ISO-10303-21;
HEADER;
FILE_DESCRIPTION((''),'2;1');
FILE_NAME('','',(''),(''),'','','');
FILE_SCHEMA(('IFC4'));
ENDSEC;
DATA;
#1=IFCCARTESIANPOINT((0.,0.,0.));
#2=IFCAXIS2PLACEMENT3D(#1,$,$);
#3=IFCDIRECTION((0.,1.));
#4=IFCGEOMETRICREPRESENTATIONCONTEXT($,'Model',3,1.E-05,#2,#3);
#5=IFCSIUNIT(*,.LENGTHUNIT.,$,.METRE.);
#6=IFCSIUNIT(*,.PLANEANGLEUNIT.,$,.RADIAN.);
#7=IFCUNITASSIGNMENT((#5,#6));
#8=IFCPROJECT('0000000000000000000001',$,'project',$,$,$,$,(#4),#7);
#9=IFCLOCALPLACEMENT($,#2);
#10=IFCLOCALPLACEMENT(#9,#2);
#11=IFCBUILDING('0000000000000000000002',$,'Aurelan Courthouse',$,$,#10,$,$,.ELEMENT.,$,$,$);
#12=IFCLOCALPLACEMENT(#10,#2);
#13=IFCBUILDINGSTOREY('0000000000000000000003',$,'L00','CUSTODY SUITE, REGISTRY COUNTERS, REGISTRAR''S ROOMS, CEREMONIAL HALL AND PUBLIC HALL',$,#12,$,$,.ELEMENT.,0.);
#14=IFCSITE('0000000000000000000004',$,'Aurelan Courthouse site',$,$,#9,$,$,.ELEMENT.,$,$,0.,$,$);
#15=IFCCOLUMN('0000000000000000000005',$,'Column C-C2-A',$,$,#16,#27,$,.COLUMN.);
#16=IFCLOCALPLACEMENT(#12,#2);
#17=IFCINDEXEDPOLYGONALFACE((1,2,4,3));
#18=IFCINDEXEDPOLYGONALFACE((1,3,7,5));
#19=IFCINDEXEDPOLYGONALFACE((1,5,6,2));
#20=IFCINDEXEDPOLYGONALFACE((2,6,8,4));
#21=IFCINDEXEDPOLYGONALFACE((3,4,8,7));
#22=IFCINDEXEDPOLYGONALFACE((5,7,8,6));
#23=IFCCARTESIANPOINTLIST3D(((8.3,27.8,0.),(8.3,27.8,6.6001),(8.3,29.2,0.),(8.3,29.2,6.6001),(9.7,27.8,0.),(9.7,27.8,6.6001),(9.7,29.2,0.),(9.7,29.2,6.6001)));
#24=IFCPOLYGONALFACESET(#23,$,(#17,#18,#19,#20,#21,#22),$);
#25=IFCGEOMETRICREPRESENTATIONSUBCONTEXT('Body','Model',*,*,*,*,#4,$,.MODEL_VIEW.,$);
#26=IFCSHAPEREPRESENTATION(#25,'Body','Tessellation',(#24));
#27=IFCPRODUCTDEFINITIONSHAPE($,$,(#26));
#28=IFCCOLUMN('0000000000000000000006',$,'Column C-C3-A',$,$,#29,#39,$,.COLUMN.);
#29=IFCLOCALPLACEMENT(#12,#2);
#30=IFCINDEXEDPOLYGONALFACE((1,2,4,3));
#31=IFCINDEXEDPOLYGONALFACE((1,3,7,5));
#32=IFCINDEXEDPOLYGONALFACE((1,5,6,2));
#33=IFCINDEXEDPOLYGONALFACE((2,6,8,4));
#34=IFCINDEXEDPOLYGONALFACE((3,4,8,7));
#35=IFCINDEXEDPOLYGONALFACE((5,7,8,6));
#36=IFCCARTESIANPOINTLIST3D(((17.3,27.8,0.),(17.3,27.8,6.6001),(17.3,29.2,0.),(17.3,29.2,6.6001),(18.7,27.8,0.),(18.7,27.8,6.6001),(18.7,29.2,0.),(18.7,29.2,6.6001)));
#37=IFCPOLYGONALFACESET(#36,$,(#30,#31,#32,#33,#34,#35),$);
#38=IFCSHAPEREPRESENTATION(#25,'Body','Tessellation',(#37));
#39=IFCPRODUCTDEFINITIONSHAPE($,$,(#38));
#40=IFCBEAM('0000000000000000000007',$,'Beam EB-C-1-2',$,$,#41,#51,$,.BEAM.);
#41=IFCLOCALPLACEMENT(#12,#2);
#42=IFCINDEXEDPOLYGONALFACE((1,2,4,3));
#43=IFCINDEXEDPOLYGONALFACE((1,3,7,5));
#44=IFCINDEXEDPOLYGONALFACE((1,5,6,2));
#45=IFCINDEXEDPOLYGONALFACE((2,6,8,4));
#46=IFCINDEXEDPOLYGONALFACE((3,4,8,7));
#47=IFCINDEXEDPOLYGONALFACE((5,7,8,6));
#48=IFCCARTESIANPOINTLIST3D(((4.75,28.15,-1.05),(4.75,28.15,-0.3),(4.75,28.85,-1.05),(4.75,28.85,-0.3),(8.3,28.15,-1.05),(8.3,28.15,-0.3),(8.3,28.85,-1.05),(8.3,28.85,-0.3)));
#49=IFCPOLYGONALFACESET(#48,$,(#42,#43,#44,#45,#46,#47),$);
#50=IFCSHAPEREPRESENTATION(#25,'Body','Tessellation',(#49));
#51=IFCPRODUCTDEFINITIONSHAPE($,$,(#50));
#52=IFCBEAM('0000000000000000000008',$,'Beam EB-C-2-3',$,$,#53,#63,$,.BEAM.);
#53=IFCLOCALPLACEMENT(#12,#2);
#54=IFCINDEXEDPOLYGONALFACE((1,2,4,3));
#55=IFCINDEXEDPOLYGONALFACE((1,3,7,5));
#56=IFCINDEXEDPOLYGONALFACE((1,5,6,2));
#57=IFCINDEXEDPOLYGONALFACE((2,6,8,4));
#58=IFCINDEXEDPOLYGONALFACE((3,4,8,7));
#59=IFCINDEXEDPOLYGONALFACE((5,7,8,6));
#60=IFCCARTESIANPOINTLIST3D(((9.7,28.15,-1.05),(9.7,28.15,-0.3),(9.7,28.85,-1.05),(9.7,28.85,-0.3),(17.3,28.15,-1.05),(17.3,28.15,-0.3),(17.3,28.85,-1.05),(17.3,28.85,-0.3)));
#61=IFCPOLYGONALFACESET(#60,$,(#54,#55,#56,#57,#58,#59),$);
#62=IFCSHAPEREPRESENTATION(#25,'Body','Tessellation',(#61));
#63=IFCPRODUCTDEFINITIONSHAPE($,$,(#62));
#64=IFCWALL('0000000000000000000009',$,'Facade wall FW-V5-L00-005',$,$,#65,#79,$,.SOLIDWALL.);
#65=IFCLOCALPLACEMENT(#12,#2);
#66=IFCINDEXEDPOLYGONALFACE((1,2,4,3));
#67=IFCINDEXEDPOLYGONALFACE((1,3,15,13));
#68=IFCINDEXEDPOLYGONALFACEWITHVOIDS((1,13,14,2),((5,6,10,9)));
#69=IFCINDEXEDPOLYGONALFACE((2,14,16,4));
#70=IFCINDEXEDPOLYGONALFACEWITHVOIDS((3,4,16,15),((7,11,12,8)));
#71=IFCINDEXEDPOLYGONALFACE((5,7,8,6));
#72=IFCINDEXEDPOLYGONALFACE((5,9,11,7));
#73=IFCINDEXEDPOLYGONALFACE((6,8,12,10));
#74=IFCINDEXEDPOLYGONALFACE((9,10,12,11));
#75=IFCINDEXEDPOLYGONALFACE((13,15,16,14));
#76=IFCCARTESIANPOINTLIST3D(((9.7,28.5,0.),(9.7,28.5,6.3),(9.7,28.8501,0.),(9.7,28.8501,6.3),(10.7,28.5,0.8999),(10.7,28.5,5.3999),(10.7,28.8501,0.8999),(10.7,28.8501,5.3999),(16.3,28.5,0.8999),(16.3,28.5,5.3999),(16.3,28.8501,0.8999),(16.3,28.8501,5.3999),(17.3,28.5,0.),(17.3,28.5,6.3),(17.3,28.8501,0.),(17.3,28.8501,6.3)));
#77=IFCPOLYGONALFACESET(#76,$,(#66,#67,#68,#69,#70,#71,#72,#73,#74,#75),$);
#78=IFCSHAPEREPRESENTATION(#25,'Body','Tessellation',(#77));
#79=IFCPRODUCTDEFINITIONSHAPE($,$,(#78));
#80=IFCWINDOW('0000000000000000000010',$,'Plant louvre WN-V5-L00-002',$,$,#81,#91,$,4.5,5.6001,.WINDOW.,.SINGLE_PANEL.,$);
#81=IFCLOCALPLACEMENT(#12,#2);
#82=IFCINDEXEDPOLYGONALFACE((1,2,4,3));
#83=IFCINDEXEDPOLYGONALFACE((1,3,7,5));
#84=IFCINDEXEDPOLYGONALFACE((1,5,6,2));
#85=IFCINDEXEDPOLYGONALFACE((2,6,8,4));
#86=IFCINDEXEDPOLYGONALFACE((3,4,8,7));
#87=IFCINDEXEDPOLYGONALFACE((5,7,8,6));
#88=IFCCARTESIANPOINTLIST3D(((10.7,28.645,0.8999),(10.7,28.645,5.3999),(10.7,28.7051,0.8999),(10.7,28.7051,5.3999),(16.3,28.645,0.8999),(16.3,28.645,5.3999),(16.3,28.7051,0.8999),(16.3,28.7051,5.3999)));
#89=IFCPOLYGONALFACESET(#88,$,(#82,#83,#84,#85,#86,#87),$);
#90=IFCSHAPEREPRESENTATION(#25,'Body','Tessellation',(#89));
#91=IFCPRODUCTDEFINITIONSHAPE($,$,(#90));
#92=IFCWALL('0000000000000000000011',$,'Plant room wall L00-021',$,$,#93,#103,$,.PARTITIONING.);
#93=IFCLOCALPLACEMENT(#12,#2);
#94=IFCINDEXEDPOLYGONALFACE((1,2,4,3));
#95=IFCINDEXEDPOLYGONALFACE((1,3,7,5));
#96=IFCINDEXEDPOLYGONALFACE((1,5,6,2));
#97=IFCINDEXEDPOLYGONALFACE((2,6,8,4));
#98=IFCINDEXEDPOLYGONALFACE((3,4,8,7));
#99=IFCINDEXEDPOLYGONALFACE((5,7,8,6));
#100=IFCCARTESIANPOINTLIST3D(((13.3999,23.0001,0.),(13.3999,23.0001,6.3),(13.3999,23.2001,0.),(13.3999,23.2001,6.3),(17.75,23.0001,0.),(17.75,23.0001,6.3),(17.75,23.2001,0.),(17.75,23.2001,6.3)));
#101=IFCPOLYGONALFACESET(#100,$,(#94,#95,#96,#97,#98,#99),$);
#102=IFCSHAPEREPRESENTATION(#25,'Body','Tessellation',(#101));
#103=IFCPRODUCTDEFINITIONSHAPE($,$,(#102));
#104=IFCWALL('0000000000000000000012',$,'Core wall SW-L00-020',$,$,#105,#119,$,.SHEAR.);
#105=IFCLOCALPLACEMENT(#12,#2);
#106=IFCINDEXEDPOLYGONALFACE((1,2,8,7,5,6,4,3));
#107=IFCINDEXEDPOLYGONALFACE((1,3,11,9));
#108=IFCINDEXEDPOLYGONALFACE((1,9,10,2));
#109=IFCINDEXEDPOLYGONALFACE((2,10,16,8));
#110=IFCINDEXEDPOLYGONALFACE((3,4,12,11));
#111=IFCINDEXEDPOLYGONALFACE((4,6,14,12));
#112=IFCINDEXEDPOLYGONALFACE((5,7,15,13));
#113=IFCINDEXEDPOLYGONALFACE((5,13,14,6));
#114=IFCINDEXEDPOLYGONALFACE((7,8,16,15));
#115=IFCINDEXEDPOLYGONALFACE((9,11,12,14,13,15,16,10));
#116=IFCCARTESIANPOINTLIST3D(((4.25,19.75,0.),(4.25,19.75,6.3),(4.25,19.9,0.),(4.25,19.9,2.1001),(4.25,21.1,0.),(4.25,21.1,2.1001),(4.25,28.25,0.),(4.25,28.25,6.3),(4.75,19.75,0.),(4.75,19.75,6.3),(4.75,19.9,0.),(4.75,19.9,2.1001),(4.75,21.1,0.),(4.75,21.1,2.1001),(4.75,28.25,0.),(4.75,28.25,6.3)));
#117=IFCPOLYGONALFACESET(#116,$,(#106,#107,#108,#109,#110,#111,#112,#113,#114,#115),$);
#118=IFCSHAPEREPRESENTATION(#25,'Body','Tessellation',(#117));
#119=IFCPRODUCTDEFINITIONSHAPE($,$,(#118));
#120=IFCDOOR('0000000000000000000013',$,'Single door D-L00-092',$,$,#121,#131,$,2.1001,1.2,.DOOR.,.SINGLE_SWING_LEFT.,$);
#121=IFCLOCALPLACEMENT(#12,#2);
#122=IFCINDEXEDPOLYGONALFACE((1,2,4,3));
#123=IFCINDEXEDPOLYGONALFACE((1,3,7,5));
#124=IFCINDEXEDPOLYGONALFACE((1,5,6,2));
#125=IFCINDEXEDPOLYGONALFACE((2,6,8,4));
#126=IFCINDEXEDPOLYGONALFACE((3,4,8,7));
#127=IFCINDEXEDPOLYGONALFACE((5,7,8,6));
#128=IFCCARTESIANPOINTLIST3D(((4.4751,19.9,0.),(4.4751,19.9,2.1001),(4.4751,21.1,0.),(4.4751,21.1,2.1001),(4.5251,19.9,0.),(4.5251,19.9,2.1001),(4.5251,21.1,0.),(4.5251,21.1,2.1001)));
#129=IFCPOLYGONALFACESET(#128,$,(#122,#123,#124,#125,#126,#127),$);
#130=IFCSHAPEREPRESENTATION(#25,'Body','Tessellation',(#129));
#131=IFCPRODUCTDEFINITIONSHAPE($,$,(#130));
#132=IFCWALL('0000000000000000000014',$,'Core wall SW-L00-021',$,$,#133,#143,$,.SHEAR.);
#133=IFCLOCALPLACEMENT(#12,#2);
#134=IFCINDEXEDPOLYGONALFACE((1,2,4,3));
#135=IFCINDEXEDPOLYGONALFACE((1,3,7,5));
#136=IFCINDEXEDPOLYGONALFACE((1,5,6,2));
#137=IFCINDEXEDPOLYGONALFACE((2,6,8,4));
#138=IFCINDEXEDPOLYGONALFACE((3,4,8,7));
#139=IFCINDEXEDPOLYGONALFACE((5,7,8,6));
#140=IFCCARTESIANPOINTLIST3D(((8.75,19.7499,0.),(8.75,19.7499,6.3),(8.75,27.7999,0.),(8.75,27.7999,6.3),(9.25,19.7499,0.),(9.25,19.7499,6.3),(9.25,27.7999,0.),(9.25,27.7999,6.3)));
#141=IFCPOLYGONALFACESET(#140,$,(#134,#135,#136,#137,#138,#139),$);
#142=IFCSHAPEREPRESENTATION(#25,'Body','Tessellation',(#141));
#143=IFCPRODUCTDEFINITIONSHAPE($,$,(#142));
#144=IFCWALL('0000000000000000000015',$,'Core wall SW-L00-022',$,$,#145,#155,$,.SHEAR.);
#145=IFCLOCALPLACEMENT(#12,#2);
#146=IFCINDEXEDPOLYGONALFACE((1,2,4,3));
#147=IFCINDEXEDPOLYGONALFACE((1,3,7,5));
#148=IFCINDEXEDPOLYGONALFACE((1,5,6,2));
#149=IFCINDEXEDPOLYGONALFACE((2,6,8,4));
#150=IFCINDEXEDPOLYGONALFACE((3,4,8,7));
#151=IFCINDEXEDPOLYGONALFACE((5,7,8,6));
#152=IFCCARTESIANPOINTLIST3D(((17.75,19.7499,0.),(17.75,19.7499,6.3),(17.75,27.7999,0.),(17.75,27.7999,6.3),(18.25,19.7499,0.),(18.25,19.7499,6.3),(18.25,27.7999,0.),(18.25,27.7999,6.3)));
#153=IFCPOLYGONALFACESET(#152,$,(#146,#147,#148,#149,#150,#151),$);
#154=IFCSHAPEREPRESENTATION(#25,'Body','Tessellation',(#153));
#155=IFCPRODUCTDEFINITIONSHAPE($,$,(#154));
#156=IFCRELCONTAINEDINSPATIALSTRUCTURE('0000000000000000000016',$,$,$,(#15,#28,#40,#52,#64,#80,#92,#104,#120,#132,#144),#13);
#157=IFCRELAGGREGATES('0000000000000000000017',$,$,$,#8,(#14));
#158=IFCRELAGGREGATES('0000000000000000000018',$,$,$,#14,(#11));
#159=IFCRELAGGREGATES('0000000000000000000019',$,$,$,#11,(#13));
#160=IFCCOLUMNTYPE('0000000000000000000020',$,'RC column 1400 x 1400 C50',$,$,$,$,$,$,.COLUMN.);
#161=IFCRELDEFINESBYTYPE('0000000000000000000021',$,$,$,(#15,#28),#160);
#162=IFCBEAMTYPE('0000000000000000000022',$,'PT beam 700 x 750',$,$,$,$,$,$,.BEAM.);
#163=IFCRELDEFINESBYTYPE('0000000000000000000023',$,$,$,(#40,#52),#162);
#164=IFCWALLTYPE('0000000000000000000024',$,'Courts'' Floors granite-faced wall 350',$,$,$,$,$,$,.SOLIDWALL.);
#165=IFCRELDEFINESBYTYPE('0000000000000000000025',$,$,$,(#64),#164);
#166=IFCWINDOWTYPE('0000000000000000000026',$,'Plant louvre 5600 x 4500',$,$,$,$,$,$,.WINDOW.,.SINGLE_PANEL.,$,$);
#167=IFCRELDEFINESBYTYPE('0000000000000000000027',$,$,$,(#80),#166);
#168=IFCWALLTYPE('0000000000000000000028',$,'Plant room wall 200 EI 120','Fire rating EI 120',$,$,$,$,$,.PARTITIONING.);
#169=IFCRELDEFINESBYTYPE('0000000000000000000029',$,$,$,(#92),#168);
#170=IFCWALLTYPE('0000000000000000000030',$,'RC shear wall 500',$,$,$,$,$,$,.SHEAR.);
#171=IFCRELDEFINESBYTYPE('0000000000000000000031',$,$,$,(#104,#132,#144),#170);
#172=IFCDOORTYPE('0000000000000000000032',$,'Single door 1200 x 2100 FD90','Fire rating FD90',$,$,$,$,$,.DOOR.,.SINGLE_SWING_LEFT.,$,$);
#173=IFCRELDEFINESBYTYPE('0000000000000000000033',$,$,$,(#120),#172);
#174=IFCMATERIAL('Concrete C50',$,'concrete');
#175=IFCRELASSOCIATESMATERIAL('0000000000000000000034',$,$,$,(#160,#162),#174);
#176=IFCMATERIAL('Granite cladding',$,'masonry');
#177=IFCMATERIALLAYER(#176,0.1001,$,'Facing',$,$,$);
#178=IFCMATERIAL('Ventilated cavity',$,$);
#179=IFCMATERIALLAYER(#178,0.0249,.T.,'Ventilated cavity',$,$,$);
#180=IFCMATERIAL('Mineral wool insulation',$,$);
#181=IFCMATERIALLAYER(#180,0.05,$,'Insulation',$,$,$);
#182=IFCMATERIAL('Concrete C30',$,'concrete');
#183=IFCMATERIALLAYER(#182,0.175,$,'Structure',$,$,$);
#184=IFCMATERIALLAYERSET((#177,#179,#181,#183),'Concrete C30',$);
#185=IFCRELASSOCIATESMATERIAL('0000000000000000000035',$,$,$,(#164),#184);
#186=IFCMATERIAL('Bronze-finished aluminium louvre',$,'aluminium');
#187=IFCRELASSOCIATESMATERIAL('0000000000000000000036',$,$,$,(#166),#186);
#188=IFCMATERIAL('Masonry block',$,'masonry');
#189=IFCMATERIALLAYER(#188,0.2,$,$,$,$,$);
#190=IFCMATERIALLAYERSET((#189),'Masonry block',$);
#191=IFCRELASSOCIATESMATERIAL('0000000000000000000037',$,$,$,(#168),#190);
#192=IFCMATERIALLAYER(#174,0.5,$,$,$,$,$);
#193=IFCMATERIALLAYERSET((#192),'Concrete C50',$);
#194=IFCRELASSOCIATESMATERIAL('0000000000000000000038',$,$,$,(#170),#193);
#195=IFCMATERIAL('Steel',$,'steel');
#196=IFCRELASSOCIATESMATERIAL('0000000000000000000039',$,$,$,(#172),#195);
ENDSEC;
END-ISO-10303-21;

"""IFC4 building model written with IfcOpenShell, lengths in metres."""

from ifc_helpers import new_model, si_unit, direction, frame, frame_2d, origin, origin_2d, place, context, subcontext, project, spatial, rectangle, extrude, material, layer, layer_set, material_profile, profile_set, type_object, element, fill, save


model = new_model("IFC4")

# Units and contexts
model_context = context("Model", 3, precision=1e-05, world=origin(), true_north=direction((0.0, 1.0)))
body_context = subcontext(model_context, "Body", "Model", "MODEL_VIEW")
ifc_project = project(units=[si_unit("LENGTHUNIT", "METRE"), si_unit("PLANEANGLEUNIT", "RADIAN")], contexts=[model_context])

# Site, building, storey
site_placement = place(None, origin())
site = spatial("IfcSite", under=ifc_project, at=site_placement, Name="Aurelan Courthouse site", CompositionType="ELEMENT", RefElevation=0.0)
building_placement = place(site_placement, origin())
building = spatial("IfcBuilding", under=site, at=building_placement, Name="Aurelan Courthouse", CompositionType="ELEMENT")
storey_placement = place(building_placement, origin())
storey = spatial("IfcBuildingStorey", under=building, at=storey_placement, Name="L00", Description="CUSTODY SUITE, REGISTRY COUNTERS, REGISTRAR'S ROOMS, CEREMONIAL HALL AND PUBLIC HALL", CompositionType="ELEMENT", Elevation=0.0)

# Columns
ifc_material_1 = material(Name="Concrete C50", Category="concrete")
ifc_material_profile_1 = material_profile(ifc_material_1, rectangle(XDim=1.3999, YDim=1.3999, at=origin_2d()), Name="RC 1400 x 1400")
ifc_profile_set_1 = profile_set([ifc_material_profile_1], Name="Concrete C50")
column_type = type_object("IfcColumnType", Name="RC column 1400 x 1400 C50", PredefinedType="COLUMN", material=ifc_profile_set_1)
for number, where, z_axis, x_axis, name in (
    (1, (9.0, 28.5, 0.0), (0.0, 0.0, 1.0), (1.0, 0.0, 0.0), "Column C-C2-A"),
    (2, (18.0, 28.5, 0.0), (0.0, 0.0, 1.0), (1.0, 0.0, 0.0), "Column C-C3-A"),
):
    element("IfcColumn", number, at=place(storey_placement, frame(where, z_axis=z_axis, x_axis=x_axis)), inside=storey, type_object=column_type, Name=name, PredefinedType="COLUMN", context=body_context, shape_type="SweptSolid", body=[
        extrude(rectangle(XDim=1.3999, YDim=1.3999, at=origin_2d()), origin(), (0.0, 0.0, 1.0), 6.6001),
    ])

# Beams
ifc_material_profile_2 = material_profile(ifc_material_1, rectangle(XDim=0.7, YDim=0.75, at=origin_2d()), Name="RC 700 x 750")
ifc_profile_set_2 = profile_set([ifc_material_profile_2], Name="Concrete C50")
beam_type = type_object("IfcBeamType", Name="PT beam 700 x 750", PredefinedType="BEAM", material=ifc_profile_set_2)
beam_1_placement = place(storey_placement, frame((4.75, 28.5, -0.675), z_axis=(1.0, 0.0, 0.0), x_axis=(0.0, 1.0, 0.0)))
element("IfcBeam", 3, at=beam_1_placement, inside=storey, type_object=beam_type, Name="Beam EB-C-1-2", PredefinedType="BEAM", context=body_context, shape_type="SweptSolid", body=[
    extrude(rectangle(XDim=0.7, YDim=0.75, at=origin_2d()), origin(), (0.0, 0.0, 1.0), 3.55),
])
beam_2_placement = place(storey_placement, frame((9.7, 28.5, -0.675), z_axis=(1.0, 0.0, 0.0), x_axis=(0.0, 1.0, 0.0)))
element("IfcBeam", 4, at=beam_2_placement, inside=storey, type_object=beam_type, Name="Beam EB-C-2-3", PredefinedType="BEAM", context=body_context, shape_type="SweptSolid", body=[
    extrude(rectangle(XDim=0.7, YDim=0.75, at=origin_2d()), origin(), (0.0, 0.0, 1.0), 7.6001),
])

# Wall, opening, window
ifc_material_2 = material(Name="Granite cladding", Category="masonry")
ifc_layer_1 = layer(ifc_material_2, 0.1001, Name="Facing")
ifc_material_3 = material(Name="Ventilated cavity")
ifc_layer_2 = layer(ifc_material_3, 0.0249, ventilated=True, Name="Ventilated cavity")
ifc_material_4 = material(Name="Mineral wool insulation")
ifc_layer_3 = layer(ifc_material_4, 0.05, Name="Insulation")
ifc_material_5 = material(Name="Concrete C30", Category="concrete")
ifc_layer_4 = layer(ifc_material_5, 0.175, Name="Structure")
ifc_layer_set_1 = layer_set([ifc_layer_1, ifc_layer_2, ifc_layer_3, ifc_layer_4], Name="Concrete C30")
wall_type_1 = type_object("IfcWallType", Name="Courts' Floors granite-faced wall 350", PredefinedType="SOLIDWALL", material=ifc_layer_set_1)
wall_1_placement = place(storey_placement, frame((9.7, 28.675, 0.0), z_axis=(0.0, 0.0, 1.0), x_axis=(1.0, 0.0, 0.0)))
wall_1 = element("IfcWall", 5, at=wall_1_placement, inside=storey, type_object=wall_type_1, Name="Facade wall FW-V5-L00-005", PredefinedType="SOLIDWALL", context=body_context, shape_type="SweptSolid", body=[
    extrude(rectangle(XDim=7.6001, YDim=0.3501, at=frame_2d((3.8, 0.0))), origin(), (0.0, 0.0, 1.0), 6.3),
])
opening_1_placement = place(wall_1_placement, frame((1.0, 0.0, 0.8999)))
opening_1 = element("IfcOpeningElement", 6, at=opening_1_placement, cuts=wall_1, PredefinedType="OPENING", context=body_context, shape_type="SweptSolid", body=[
    extrude(rectangle(XDim=5.6001, YDim=4.5, at=frame_2d((2.8, 2.25))), frame((0.0, 0.1851, 0.0), z_axis=(0.0, -1.0, 0.0), x_axis=(1.0, 0.0, 0.0)), (0.0, 0.0, 1.0), 0.3701),
])
ifc_material_6 = material(Name="Bronze-finished aluminium louvre", Category="aluminium")
window_type = type_object("IfcWindowType", Name="Plant louvre 5600 x 4500", PartitioningType="SINGLE_PANEL", PredefinedType="WINDOW", material=ifc_material_6)
window_placement = place(opening_1_placement, origin())
window = element("IfcWindow", 7, at=window_placement, inside=storey, type_object=window_type, Name="Plant louvre WN-V5-L00-002", OverallHeight=4.5, OverallWidth=5.6001, PartitioningType="SINGLE_PANEL", PredefinedType="WINDOW", context=body_context, shape_type="SweptSolid", body=[
    extrude(rectangle(XDim=5.6001, YDim=4.5, at=frame_2d((2.8, 2.25))), frame((0.0, 0.03, 0.0), z_axis=(0.0, -1.0, 0.0), x_axis=(1.0, 0.0, 0.0)), (0.0, 0.0, 1.0), 0.0601),
])
fill(opening_1, window)

# Wall
ifc_material_7 = material(Name="Masonry block", Category="masonry")
ifc_layer_5 = layer(ifc_material_7, 0.2)
ifc_layer_set_2 = layer_set([ifc_layer_5], Name="Masonry block")
wall_type_2 = type_object("IfcWallType", Name="Plant room wall 200 EI 120", Description="Fire rating EI 120", PredefinedType="PARTITIONING", material=ifc_layer_set_2)
wall_2_placement = place(storey_placement, frame((13.3999, 23.1001, 0.0), z_axis=(0.0, 0.0, 1.0), x_axis=(1.0, 0.0, 0.0)))
element("IfcWall", 8, at=wall_2_placement, inside=storey, type_object=wall_type_2, Name="Plant room wall L00-021", PredefinedType="PARTITIONING", context=body_context, shape_type="SweptSolid", body=[
    extrude(rectangle(XDim=4.3501, YDim=0.2, at=frame_2d((2.175, 0.0))), origin(), (0.0, 0.0, 1.0), 6.3),
])

# Wall, opening, door
ifc_layer_6 = layer(ifc_material_1, 0.5)
ifc_layer_set_3 = layer_set([ifc_layer_6], Name="Concrete C50")
wall_type_3 = type_object("IfcWallType", Name="RC shear wall 500", PredefinedType="SHEAR", material=ifc_layer_set_3)
wall_3_placement = place(storey_placement, frame((4.5, 19.75, 0.0), z_axis=(0.0, 0.0, 1.0), x_axis=(0.0, 1.0, 0.0)))
wall_3 = element("IfcWall", 9, at=wall_3_placement, inside=storey, type_object=wall_type_3, Name="Core wall SW-L00-020", PredefinedType="SHEAR", context=body_context, shape_type="SweptSolid", body=[
    extrude(rectangle(XDim=8.5, YDim=0.5, at=frame_2d((4.25, 0.0))), origin(), (0.0, 0.0, 1.0), 6.3),
])
opening_2_placement = place(wall_3_placement, frame((0.1499, 0.0, 0.0)))
opening_2 = element("IfcOpeningElement", 10, at=opening_2_placement, cuts=wall_3, PredefinedType="OPENING", context=body_context, shape_type="SweptSolid", body=[
    extrude(rectangle(XDim=1.2, YDim=2.1001, at=frame_2d((0.6001, 1.05))), frame((0.0, 0.26, 0.0), z_axis=(0.0, -1.0, 0.0), x_axis=(1.0, 0.0, 0.0)), (0.0, 0.0, 1.0), 0.52),
])
ifc_material_8 = material(Name="Steel", Category="steel")
door_type_1 = type_object("IfcDoorType", Name="Single door 1200 x 2100 FD90", Description="Fire rating FD90", OperationType="SINGLE_SWING_LEFT", PredefinedType="DOOR", material=ifc_material_8)
door_1_placement = place(opening_2_placement, origin())
door_1 = element("IfcDoor", 11, at=door_1_placement, inside=storey, type_object=door_type_1, Name="Single door D-L00-092", OperationType="SINGLE_SWING_LEFT", OverallHeight=2.1001, OverallWidth=1.2, PredefinedType="DOOR", context=body_context, shape_type="SweptSolid", body=[
    extrude(rectangle(XDim=1.2, YDim=2.1001, at=frame_2d((0.6001, 1.05))), frame((0.0, 0.0249, 0.0), z_axis=(0.0, -1.0, 0.0), x_axis=(1.0, 0.0, 0.0)), (0.0, 0.0, 1.0), 0.05),
])
fill(opening_2, door_1)

# Walls
for number, where, z_axis, x_axis, name in (
    (12, (9.0, 19.75, 0.0), (0.0, 0.0, 1.0), (0.0, 1.0, 0.0), "Core wall SW-L00-021"),
    (13, (18.0, 19.75, 0.0), (0.0, 0.0, 1.0), (0.0, 1.0, 0.0), "Core wall SW-L00-022"),
):
    element("IfcWall", number, at=place(storey_placement, frame(where, z_axis=z_axis, x_axis=x_axis)), inside=storey, type_object=wall_type_3, Name=name, PredefinedType="SHEAR", context=body_context, shape_type="SweptSolid", body=[
        extrude(rectangle(XDim=8.05, YDim=0.5, at=frame_2d((4.0249, 0.0))), origin(), (0.0, 0.0, 1.0), 6.3),
    ])

save(model, "model.ifc")
